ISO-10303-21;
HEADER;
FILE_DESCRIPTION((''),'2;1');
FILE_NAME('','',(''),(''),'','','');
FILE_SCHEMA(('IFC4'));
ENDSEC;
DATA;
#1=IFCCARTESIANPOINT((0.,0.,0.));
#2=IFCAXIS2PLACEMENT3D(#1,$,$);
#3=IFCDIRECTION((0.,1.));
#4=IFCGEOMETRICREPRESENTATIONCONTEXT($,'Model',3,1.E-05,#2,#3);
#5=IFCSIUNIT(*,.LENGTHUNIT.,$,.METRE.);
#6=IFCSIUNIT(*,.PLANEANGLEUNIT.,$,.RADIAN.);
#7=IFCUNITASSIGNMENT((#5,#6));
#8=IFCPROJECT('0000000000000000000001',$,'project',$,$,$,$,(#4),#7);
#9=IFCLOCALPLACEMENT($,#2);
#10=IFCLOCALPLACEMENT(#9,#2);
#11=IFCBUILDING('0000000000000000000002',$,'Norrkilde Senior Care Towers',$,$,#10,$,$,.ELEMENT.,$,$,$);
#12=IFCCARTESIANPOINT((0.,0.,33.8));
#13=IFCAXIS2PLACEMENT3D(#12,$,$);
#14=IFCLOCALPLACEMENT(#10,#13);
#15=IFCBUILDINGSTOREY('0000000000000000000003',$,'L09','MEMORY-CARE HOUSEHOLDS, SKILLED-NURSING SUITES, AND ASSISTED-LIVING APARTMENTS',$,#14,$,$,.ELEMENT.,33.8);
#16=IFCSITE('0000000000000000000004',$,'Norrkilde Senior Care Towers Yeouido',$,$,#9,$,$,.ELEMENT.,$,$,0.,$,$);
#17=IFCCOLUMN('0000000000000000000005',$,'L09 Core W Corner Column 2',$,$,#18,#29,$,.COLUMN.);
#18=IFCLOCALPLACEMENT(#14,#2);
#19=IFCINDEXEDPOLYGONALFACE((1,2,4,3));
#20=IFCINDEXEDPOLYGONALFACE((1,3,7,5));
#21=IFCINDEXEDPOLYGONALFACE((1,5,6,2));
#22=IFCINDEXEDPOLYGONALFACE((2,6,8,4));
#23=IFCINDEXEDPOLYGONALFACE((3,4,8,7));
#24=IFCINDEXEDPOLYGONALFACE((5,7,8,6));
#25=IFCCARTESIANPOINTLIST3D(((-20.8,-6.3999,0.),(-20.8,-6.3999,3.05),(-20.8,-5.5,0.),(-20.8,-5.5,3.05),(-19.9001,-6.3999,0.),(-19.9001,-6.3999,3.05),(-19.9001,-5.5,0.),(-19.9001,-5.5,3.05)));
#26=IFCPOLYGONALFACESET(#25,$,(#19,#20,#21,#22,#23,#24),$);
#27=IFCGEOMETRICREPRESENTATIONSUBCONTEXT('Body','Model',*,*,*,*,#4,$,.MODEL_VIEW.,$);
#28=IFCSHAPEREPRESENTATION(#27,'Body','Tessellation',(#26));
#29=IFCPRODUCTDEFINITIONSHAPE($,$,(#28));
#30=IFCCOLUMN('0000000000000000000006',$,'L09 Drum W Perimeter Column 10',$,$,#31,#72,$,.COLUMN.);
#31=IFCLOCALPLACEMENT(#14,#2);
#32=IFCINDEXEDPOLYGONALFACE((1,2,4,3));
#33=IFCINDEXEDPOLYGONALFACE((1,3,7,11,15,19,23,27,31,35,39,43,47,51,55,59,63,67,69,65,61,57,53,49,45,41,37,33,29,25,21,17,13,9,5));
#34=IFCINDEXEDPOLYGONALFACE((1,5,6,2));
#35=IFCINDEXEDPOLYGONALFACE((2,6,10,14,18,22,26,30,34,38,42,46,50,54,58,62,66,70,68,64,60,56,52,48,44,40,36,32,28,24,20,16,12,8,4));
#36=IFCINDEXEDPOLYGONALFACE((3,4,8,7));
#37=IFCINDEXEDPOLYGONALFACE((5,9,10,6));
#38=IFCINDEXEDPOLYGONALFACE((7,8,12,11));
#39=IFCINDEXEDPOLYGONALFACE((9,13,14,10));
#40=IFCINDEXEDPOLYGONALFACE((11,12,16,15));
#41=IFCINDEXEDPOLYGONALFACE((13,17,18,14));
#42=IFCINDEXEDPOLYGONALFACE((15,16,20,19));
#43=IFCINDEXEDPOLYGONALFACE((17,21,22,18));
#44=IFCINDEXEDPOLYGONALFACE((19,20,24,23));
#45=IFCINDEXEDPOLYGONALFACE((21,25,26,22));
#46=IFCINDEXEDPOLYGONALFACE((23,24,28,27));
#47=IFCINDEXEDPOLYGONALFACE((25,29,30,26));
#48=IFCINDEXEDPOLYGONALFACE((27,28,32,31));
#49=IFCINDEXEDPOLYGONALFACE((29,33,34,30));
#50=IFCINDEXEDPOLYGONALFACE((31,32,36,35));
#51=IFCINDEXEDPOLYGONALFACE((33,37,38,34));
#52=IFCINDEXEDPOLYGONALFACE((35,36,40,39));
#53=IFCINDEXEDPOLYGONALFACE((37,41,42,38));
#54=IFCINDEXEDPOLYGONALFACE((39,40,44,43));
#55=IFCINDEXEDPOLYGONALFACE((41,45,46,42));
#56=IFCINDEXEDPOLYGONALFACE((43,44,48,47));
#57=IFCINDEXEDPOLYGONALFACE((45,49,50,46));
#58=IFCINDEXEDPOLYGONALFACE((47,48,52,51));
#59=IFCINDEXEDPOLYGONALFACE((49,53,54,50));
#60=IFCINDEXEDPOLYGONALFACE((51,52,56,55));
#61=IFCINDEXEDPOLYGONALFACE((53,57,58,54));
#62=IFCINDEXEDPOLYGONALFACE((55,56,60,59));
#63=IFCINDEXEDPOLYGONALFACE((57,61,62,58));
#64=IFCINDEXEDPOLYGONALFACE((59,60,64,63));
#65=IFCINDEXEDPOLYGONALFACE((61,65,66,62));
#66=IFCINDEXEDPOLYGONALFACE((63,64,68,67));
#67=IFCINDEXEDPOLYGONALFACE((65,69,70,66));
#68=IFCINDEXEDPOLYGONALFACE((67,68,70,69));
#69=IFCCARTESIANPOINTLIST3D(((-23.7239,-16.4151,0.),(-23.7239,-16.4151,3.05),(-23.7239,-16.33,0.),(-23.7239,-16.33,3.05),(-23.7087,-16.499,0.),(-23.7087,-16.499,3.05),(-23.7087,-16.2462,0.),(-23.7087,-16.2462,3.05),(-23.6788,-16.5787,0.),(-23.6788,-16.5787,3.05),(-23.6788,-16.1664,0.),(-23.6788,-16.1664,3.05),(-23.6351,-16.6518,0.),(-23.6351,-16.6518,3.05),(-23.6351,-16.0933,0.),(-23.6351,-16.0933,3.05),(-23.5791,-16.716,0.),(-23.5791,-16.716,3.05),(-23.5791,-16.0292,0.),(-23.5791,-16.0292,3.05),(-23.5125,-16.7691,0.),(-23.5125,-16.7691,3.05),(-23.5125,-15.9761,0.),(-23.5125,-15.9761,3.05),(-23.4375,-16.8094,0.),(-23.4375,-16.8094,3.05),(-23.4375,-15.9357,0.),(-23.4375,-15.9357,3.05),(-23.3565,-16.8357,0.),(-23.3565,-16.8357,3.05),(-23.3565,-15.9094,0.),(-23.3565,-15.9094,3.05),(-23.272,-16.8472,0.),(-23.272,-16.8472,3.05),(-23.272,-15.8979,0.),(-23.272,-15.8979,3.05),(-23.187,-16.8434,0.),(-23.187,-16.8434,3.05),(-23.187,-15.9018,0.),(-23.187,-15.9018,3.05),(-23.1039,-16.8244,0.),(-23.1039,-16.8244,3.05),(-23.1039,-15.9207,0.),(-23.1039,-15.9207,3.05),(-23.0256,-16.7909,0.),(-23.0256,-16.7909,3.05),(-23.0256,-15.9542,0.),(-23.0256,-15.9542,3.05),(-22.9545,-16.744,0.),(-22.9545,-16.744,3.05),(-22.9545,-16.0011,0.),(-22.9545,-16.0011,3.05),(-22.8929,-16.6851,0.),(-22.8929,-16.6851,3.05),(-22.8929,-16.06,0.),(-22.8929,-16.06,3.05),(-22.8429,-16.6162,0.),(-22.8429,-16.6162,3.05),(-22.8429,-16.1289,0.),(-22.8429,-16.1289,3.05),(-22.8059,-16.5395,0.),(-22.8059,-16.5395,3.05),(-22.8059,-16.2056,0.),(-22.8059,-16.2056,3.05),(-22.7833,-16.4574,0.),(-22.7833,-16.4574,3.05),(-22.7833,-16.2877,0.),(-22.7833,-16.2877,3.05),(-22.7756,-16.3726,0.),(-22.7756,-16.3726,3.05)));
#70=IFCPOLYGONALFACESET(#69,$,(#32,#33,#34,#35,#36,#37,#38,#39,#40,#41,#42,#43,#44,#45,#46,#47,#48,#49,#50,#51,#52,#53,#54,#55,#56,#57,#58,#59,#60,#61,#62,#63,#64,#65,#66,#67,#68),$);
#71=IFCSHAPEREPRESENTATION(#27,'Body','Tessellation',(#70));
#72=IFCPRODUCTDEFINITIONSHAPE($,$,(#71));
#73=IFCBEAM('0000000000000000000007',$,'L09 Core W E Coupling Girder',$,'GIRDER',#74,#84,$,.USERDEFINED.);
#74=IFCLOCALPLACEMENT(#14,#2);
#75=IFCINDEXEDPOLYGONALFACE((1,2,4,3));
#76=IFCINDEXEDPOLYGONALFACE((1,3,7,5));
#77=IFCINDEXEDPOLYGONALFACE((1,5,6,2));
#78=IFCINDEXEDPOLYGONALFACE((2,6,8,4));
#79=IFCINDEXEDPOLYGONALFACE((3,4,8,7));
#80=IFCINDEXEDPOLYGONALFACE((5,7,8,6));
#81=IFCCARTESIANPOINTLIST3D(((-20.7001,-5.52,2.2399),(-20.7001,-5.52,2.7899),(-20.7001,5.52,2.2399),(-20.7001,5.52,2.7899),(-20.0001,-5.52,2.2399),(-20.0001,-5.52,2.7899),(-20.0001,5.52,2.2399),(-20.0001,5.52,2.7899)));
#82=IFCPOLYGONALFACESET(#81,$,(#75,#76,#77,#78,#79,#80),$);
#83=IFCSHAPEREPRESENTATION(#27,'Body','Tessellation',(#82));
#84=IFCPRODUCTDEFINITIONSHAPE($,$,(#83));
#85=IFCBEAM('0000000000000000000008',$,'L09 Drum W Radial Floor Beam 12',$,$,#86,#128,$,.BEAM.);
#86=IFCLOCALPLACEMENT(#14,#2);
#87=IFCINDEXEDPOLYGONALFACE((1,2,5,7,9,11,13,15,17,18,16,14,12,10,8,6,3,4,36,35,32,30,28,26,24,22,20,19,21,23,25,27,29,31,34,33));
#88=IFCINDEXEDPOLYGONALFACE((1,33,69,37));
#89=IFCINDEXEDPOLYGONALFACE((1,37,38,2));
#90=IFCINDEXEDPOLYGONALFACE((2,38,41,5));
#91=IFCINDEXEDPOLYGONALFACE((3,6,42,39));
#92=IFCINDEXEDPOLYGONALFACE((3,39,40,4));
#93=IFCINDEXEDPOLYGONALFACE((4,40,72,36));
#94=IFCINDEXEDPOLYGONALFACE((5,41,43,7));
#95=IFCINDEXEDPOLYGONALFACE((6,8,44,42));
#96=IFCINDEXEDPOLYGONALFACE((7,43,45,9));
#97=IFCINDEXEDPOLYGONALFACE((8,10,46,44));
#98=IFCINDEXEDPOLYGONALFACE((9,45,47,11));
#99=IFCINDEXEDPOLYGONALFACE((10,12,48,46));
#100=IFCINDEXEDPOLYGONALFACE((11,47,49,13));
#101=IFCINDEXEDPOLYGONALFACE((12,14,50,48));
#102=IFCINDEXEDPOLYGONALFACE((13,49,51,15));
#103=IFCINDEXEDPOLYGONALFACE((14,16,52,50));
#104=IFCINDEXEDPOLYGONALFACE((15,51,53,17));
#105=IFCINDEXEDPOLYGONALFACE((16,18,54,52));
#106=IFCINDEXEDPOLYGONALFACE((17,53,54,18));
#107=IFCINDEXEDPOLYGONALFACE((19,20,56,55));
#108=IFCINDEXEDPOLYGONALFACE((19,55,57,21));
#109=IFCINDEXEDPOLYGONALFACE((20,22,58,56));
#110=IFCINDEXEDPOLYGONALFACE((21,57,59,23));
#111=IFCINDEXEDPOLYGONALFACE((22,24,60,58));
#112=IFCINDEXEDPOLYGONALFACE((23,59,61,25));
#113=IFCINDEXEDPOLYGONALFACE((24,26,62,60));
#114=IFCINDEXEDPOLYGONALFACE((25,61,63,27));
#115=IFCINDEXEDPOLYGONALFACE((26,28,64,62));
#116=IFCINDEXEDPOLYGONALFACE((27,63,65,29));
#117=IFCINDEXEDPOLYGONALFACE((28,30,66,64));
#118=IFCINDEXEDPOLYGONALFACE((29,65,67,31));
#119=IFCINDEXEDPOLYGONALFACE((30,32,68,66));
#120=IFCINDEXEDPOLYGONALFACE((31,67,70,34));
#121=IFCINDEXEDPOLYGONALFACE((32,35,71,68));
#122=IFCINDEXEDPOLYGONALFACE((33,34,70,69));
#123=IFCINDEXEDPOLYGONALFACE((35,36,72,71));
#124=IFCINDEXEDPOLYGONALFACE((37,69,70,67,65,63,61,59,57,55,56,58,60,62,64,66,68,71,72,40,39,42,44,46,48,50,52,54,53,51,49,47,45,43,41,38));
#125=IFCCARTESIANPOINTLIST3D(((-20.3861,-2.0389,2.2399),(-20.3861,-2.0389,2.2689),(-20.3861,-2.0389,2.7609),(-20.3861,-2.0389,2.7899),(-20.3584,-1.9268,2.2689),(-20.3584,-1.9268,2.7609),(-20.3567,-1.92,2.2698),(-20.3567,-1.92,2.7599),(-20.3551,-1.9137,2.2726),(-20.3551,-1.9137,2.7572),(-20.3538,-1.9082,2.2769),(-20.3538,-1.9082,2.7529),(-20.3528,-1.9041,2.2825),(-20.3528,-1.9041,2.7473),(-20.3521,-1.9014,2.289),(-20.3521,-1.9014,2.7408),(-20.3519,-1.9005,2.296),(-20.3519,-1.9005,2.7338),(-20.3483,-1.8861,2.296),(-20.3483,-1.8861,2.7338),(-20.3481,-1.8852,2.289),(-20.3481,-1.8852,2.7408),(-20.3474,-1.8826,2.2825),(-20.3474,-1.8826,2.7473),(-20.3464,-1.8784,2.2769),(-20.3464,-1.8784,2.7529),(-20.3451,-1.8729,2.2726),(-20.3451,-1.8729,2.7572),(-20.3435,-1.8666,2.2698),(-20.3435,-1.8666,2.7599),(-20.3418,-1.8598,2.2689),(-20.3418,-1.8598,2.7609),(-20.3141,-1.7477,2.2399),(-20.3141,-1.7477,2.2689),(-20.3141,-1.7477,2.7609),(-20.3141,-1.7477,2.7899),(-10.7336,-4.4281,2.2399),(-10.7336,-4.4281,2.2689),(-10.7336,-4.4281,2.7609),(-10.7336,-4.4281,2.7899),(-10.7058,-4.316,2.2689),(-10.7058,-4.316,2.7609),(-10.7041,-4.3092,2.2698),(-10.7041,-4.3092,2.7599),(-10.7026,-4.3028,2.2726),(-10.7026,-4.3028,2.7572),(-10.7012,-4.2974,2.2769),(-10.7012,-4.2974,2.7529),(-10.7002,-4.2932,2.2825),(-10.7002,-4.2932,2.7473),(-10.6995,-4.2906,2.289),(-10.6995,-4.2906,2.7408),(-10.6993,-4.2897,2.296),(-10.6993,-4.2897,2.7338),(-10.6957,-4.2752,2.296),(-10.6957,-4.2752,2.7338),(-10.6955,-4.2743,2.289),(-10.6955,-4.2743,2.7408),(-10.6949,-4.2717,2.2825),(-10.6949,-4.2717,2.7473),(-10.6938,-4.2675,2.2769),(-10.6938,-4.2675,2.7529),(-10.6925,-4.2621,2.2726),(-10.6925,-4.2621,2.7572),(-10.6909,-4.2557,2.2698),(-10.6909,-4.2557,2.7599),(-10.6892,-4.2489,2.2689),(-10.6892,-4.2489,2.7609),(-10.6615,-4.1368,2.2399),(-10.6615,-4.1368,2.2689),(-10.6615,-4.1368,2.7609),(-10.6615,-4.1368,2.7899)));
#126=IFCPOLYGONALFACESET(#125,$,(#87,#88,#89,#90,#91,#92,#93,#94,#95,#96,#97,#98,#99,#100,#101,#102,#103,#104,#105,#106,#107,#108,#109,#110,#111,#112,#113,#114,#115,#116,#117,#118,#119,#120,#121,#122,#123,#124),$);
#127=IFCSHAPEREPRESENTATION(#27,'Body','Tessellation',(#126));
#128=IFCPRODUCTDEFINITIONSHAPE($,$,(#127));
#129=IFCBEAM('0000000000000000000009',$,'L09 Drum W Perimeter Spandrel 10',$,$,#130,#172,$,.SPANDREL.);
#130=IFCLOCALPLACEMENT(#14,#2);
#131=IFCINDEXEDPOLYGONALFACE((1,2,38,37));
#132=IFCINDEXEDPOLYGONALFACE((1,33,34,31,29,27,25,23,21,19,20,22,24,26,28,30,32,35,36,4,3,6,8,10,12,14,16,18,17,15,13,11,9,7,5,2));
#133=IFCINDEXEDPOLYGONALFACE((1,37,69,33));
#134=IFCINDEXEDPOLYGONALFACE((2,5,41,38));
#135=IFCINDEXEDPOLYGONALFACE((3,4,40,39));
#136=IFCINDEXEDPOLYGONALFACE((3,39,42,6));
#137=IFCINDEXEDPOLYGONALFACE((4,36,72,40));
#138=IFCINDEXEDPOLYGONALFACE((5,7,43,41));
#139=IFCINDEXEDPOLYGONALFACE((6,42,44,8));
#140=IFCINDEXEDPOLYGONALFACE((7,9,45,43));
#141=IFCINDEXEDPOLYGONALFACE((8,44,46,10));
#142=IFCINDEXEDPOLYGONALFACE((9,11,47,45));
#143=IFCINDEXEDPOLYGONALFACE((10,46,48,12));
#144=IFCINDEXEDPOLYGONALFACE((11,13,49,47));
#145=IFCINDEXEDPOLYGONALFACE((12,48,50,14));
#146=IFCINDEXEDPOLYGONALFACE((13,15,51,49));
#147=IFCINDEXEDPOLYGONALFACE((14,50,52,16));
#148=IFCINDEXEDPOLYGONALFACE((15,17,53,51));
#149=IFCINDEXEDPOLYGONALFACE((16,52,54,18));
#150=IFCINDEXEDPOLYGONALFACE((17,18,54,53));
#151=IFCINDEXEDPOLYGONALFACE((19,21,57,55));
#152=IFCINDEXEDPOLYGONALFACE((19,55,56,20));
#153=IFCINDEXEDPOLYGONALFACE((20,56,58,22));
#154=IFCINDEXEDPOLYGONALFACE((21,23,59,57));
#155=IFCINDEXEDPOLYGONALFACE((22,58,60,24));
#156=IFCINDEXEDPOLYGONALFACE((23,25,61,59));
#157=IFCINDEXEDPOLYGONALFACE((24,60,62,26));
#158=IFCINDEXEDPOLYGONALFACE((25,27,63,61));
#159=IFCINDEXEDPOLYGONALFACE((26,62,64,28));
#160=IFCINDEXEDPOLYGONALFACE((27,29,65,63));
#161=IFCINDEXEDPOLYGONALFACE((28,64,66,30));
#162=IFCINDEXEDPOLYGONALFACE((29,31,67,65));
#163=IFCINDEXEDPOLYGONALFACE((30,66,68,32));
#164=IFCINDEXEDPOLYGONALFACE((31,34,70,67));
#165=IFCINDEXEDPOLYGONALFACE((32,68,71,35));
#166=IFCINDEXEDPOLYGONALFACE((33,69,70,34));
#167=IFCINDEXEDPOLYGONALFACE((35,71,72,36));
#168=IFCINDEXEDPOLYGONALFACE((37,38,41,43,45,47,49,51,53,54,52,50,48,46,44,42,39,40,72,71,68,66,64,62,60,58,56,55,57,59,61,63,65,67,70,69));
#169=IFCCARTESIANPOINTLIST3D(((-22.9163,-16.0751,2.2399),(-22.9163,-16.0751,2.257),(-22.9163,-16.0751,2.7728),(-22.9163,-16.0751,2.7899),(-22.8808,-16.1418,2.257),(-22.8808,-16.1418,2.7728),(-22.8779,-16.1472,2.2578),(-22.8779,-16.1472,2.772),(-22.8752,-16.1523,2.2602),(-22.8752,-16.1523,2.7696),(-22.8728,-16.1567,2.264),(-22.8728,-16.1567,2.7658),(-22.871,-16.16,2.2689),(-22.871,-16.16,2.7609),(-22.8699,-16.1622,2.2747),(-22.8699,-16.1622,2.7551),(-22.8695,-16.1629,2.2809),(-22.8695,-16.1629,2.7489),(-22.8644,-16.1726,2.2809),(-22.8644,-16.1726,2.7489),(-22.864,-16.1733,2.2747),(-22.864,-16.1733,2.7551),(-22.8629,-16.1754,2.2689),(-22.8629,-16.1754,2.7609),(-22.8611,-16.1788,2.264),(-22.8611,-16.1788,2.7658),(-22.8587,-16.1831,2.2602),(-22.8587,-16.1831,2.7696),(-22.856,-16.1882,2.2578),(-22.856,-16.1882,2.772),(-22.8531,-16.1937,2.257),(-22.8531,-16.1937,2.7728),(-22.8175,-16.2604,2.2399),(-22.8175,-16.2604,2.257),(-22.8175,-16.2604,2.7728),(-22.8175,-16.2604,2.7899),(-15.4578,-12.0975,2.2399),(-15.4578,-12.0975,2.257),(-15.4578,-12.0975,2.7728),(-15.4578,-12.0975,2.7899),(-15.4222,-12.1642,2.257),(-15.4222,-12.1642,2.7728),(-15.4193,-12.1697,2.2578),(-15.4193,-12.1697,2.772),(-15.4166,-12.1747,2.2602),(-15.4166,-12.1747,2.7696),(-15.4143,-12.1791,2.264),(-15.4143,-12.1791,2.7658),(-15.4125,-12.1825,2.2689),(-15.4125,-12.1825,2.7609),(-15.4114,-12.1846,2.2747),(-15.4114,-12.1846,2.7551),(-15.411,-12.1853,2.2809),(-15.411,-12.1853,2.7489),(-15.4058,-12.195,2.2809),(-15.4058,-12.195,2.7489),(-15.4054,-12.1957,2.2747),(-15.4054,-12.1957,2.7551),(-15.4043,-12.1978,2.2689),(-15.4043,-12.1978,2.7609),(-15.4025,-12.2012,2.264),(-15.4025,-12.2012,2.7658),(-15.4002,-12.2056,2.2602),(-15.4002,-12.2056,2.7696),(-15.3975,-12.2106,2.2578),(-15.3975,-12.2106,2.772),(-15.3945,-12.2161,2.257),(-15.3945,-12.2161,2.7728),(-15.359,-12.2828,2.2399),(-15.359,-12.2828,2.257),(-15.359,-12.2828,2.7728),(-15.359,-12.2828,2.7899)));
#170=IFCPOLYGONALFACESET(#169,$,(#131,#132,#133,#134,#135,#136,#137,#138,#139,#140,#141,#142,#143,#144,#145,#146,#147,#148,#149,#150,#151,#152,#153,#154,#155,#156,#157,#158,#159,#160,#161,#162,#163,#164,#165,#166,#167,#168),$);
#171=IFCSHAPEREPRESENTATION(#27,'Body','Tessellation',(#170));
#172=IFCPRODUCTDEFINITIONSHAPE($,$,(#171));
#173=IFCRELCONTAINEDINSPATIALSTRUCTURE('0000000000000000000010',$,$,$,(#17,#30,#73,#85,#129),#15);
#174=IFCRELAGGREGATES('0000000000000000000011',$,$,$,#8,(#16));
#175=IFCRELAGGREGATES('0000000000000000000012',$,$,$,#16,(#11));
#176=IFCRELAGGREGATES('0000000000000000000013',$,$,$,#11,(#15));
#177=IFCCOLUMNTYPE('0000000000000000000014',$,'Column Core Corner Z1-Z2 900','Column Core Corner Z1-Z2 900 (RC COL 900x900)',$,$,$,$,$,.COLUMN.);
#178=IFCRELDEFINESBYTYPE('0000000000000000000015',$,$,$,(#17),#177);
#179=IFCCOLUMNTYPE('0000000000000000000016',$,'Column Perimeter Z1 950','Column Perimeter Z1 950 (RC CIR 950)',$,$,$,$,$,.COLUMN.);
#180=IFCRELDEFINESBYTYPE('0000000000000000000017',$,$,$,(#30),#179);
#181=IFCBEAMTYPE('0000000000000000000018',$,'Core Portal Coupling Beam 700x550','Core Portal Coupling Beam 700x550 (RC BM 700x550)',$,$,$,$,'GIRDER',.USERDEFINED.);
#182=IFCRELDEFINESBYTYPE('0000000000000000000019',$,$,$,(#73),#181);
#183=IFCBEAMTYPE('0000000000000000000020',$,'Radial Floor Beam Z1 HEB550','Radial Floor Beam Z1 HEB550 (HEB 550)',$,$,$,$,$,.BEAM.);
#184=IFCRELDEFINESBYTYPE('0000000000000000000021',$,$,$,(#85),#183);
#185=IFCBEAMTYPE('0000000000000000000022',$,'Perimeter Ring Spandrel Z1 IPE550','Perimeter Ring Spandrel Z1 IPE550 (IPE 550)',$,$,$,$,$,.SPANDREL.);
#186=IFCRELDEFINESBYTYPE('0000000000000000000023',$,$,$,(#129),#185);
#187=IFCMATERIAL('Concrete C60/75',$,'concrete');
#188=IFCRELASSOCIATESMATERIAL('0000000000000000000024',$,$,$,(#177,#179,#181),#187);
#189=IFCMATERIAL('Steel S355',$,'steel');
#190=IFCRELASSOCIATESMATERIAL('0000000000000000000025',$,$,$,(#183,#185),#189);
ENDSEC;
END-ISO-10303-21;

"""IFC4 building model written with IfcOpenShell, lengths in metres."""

from ifc_helpers import new_model, si_unit, direction, frame, origin, origin_2d, place, context, subcontext, project, spatial, rectangle, circle, i_section, extrude, source, transform, mapped, material, material_profile, profile_set, type_object, type_shapes, element, save


model = new_model("IFC4")

# Units and contexts
model_context = context("Model", 3, precision=1e-05, world=origin(), true_north=direction((0.0, 1.0)))
body_context = subcontext(model_context, "Body", "Model", "MODEL_VIEW")
ifc_project = project(units=[si_unit("LENGTHUNIT", "METRE"), si_unit("PLANEANGLEUNIT", "RADIAN")], contexts=[model_context])

# Site, building, storey
site_placement = place(None, origin())
site = spatial("IfcSite", under=ifc_project, at=site_placement, Name="Norrkilde Senior Care Towers Yeouido", CompositionType="ELEMENT", RefElevation=0.0)
building_placement = place(site_placement, origin())
building = spatial("IfcBuilding", under=site, at=building_placement, Name="Norrkilde Senior Care Towers", CompositionType="ELEMENT")
storey_placement = place(building_placement, frame((0.0, 0.0, 33.8)))
storey = spatial("IfcBuildingStorey", under=building, at=storey_placement, Name="L09", Description="MEMORY-CARE HOUSEHOLDS, SKILLED-NURSING SUITES, AND ASSISTED-LIVING APARTMENTS", CompositionType="ELEMENT", Elevation=33.8)

# Columns
ifc_material_1 = material(Name="Concrete C60/75", Category="concrete")
ifc_material_profile_1 = material_profile(ifc_material_1, rectangle(XDim=0.8999, YDim=0.8999, at=origin_2d()), Name="RC COL 900x900")
ifc_profile_set_1 = profile_set([ifc_material_profile_1], Name="Concrete C60/75")
column_type_1 = type_object("IfcColumnType", Name="Column Core Corner Z1-Z2 900", Description="Column Core Corner Z1-Z2 900 (RC COL 900x900)", PredefinedType="COLUMN", material=ifc_profile_set_1)
shared_shape_1 = source(origin(), body_context, "Body", "SweptSolid", [
    extrude(rectangle(XDim=0.8999, YDim=0.8999, at=origin_2d()), origin(), (0.0, 0.0, 1.0), 3.05),
])
type_shapes(column_type_1, [shared_shape_1])
column_1_placement = place(storey_placement, frame((-20.3501, -5.95, 0.0), z_axis=(0.0, 0.0, 1.0), x_axis=(1.0, 0.0, 0.0)))
element("IfcColumn", 1, at=column_1_placement, inside=storey, type_object=column_type_1, Name="L09 Core W Corner Column 2", PredefinedType="COLUMN", context=body_context, shape_type="MappedRepresentation", body=[
    mapped(shared_shape_1, transform((0.0, 0.0, 0.0), x_axis=(1.0, 0.0, 0.0), y_axis=(0.0, 1.0, 0.0), z_axis=(0.0, 0.0, 1.0), scale=1.0)),
])
ifc_material_profile_2 = material_profile(ifc_material_1, circle(Radius=0.4751, at=origin_2d()), Name="RC CIR 950")
ifc_profile_set_2 = profile_set([ifc_material_profile_2], Name="Concrete C60/75")
column_type_2 = type_object("IfcColumnType", Name="Column Perimeter Z1 950", Description="Column Perimeter Z1 950 (RC CIR 950)", PredefinedType="COLUMN", material=ifc_profile_set_2)
shared_shape_2 = source(origin(), body_context, "Body", "SweptSolid", [
    extrude(circle(Radius=0.4751, at=origin_2d()), origin(), (0.0, 0.0, 1.0), 3.05),
])
type_shapes(column_type_2, [shared_shape_2])
column_2_placement = place(storey_placement, frame((-23.2507, -16.3726, 0.0), z_axis=(0.0, 0.0, 1.0), x_axis=(1.0, 0.0, 0.0)))
element("IfcColumn", 2, at=column_2_placement, inside=storey, type_object=column_type_2, Name="L09 Drum W Perimeter Column 10", PredefinedType="COLUMN", context=body_context, shape_type="MappedRepresentation", body=[
    mapped(shared_shape_2, transform((0.0, 0.0, 0.0), x_axis=(1.0, 0.0, 0.0), y_axis=(0.0, 1.0, 0.0), z_axis=(0.0, 0.0, 1.0), scale=1.0)),
])

# Beams
ifc_material_profile_3 = material_profile(ifc_material_1, rectangle(XDim=0.7, YDim=0.55, at=origin_2d()), Name="RC BM 700x550")
ifc_profile_set_3 = profile_set([ifc_material_profile_3], Name="Concrete C60/75")
beam_type_1 = type_object("IfcBeamType", Name="Core Portal Coupling Beam 700x550", Description="Core Portal Coupling Beam 700x550 (RC BM 700x550)", ElementType="GIRDER", PredefinedType="USERDEFINED", material=ifc_profile_set_3)
shared_shape_3 = source(origin(), body_context, "Body", "SweptSolid", [
    extrude(rectangle(XDim=0.7, YDim=0.55, at=origin_2d()), origin(), (0.0, 0.0, 1.0), 11.04),
])
type_shapes(beam_type_1, [shared_shape_3])
beam_1_placement = place(storey_placement, frame((-20.3501, -5.52, 2.5149), z_axis=(0.0, 1.0, 0.0), x_axis=(-1.0, 0.0, 0.0)))
element("IfcBeam", 3, at=beam_1_placement, inside=storey, type_object=beam_type_1, Name="L09 Core W E Coupling Girder", ObjectType="GIRDER", PredefinedType="USERDEFINED", context=body_context, shape_type="MappedRepresentation", body=[
    mapped(shared_shape_3, transform((0.0, 0.0, 0.0), x_axis=(1.0, 0.0, 0.0), y_axis=(0.0, 1.0, 0.0), z_axis=(0.0, 0.0, 1.0), scale=1.0)),
])
ifc_material_2 = material(Name="Steel S355", Category="steel")
ifc_material_profile_4 = material_profile(ifc_material_2, i_section(OverallWidth=0.3, OverallDepth=0.55, WebThickness=0.0149, FlangeThickness=0.0291, FilletRadius=0.0271, at=origin_2d()), Name="HEB 550")
ifc_profile_set_4 = profile_set([ifc_material_profile_4], Name="Steel S355")
beam_type_2 = type_object("IfcBeamType", Name="Radial Floor Beam Z1 HEB550", Description="Radial Floor Beam Z1 HEB550 (HEB 550)", PredefinedType="BEAM", material=ifc_profile_set_4)
shared_shape_4 = source(origin(), body_context, "Body", "SweptSolid", [
    extrude(i_section(OverallWidth=0.3, OverallDepth=0.55, WebThickness=0.0149, FlangeThickness=0.0291, FilletRadius=0.0271, at=origin_2d()), origin(), (0.0, 0.0, 1.0), 9.9438),
])
beam_2_placement = place(storey_placement, frame((-20.3501, -1.8933, 2.5149), z_axis=(0.970707, -0.240265, 0.0), x_axis=(0.240265, 0.970707, 0.0)))
element("IfcBeam", 4, at=beam_2_placement, inside=storey, type_object=beam_type_2, Name="L09 Drum W Radial Floor Beam 12", PredefinedType="BEAM", context=body_context, shape_type="MappedRepresentation", body=[
    mapped(shared_shape_4, transform((0.0, 0.0, 0.0), x_axis=(1.0, 0.0, 0.0), y_axis=(0.0, 1.0, 0.0), z_axis=(0.0, 0.0, 1.0), scale=1.0)),
])
ifc_material_profile_5 = material_profile(ifc_material_2, i_section(OverallWidth=0.21, OverallDepth=0.55, WebThickness=0.011, FlangeThickness=0.0171, FilletRadius=0.0239, at=origin_2d()), Name="IPE 550")
ifc_profile_set_5 = profile_set([ifc_material_profile_5], Name="Steel S355")
beam_type_3 = type_object("IfcBeamType", Name="Perimeter Ring Spandrel Z1 IPE550", Description="Perimeter Ring Spandrel Z1 IPE550 (IPE 550)", PredefinedType="SPANDREL", material=ifc_profile_set_5)
shared_shape_5 = source(origin(), body_context, "Body", "SweptSolid", [
    extrude(i_section(OverallWidth=0.21, OverallDepth=0.55, WebThickness=0.011, FlangeThickness=0.0171, FilletRadius=0.0239, at=origin_2d()), origin(), (0.0, 0.0, 1.0), 8.4529),
])
type_shapes(beam_type_3, [shared_shape_5])
beam_3_placement = place(storey_placement, frame((-22.8669, -16.1677, 2.5149), z_axis=(0.882369, 0.470558, 0.0), x_axis=(-0.470558, 0.882369, 0.0)))
element("IfcBeam", 5, at=beam_3_placement, inside=storey, type_object=beam_type_3, Name="L09 Drum W Perimeter Spandrel 10", PredefinedType="SPANDREL", context=body_context, shape_type="MappedRepresentation", body=[
    mapped(shared_shape_5, transform((0.0, 0.0, 0.0), x_axis=(1.0, 0.0, 0.0), y_axis=(0.0, 1.0, 0.0), z_axis=(0.0, 0.0, 1.0), scale=1.0)),
])

save(model, "model.ifc")
